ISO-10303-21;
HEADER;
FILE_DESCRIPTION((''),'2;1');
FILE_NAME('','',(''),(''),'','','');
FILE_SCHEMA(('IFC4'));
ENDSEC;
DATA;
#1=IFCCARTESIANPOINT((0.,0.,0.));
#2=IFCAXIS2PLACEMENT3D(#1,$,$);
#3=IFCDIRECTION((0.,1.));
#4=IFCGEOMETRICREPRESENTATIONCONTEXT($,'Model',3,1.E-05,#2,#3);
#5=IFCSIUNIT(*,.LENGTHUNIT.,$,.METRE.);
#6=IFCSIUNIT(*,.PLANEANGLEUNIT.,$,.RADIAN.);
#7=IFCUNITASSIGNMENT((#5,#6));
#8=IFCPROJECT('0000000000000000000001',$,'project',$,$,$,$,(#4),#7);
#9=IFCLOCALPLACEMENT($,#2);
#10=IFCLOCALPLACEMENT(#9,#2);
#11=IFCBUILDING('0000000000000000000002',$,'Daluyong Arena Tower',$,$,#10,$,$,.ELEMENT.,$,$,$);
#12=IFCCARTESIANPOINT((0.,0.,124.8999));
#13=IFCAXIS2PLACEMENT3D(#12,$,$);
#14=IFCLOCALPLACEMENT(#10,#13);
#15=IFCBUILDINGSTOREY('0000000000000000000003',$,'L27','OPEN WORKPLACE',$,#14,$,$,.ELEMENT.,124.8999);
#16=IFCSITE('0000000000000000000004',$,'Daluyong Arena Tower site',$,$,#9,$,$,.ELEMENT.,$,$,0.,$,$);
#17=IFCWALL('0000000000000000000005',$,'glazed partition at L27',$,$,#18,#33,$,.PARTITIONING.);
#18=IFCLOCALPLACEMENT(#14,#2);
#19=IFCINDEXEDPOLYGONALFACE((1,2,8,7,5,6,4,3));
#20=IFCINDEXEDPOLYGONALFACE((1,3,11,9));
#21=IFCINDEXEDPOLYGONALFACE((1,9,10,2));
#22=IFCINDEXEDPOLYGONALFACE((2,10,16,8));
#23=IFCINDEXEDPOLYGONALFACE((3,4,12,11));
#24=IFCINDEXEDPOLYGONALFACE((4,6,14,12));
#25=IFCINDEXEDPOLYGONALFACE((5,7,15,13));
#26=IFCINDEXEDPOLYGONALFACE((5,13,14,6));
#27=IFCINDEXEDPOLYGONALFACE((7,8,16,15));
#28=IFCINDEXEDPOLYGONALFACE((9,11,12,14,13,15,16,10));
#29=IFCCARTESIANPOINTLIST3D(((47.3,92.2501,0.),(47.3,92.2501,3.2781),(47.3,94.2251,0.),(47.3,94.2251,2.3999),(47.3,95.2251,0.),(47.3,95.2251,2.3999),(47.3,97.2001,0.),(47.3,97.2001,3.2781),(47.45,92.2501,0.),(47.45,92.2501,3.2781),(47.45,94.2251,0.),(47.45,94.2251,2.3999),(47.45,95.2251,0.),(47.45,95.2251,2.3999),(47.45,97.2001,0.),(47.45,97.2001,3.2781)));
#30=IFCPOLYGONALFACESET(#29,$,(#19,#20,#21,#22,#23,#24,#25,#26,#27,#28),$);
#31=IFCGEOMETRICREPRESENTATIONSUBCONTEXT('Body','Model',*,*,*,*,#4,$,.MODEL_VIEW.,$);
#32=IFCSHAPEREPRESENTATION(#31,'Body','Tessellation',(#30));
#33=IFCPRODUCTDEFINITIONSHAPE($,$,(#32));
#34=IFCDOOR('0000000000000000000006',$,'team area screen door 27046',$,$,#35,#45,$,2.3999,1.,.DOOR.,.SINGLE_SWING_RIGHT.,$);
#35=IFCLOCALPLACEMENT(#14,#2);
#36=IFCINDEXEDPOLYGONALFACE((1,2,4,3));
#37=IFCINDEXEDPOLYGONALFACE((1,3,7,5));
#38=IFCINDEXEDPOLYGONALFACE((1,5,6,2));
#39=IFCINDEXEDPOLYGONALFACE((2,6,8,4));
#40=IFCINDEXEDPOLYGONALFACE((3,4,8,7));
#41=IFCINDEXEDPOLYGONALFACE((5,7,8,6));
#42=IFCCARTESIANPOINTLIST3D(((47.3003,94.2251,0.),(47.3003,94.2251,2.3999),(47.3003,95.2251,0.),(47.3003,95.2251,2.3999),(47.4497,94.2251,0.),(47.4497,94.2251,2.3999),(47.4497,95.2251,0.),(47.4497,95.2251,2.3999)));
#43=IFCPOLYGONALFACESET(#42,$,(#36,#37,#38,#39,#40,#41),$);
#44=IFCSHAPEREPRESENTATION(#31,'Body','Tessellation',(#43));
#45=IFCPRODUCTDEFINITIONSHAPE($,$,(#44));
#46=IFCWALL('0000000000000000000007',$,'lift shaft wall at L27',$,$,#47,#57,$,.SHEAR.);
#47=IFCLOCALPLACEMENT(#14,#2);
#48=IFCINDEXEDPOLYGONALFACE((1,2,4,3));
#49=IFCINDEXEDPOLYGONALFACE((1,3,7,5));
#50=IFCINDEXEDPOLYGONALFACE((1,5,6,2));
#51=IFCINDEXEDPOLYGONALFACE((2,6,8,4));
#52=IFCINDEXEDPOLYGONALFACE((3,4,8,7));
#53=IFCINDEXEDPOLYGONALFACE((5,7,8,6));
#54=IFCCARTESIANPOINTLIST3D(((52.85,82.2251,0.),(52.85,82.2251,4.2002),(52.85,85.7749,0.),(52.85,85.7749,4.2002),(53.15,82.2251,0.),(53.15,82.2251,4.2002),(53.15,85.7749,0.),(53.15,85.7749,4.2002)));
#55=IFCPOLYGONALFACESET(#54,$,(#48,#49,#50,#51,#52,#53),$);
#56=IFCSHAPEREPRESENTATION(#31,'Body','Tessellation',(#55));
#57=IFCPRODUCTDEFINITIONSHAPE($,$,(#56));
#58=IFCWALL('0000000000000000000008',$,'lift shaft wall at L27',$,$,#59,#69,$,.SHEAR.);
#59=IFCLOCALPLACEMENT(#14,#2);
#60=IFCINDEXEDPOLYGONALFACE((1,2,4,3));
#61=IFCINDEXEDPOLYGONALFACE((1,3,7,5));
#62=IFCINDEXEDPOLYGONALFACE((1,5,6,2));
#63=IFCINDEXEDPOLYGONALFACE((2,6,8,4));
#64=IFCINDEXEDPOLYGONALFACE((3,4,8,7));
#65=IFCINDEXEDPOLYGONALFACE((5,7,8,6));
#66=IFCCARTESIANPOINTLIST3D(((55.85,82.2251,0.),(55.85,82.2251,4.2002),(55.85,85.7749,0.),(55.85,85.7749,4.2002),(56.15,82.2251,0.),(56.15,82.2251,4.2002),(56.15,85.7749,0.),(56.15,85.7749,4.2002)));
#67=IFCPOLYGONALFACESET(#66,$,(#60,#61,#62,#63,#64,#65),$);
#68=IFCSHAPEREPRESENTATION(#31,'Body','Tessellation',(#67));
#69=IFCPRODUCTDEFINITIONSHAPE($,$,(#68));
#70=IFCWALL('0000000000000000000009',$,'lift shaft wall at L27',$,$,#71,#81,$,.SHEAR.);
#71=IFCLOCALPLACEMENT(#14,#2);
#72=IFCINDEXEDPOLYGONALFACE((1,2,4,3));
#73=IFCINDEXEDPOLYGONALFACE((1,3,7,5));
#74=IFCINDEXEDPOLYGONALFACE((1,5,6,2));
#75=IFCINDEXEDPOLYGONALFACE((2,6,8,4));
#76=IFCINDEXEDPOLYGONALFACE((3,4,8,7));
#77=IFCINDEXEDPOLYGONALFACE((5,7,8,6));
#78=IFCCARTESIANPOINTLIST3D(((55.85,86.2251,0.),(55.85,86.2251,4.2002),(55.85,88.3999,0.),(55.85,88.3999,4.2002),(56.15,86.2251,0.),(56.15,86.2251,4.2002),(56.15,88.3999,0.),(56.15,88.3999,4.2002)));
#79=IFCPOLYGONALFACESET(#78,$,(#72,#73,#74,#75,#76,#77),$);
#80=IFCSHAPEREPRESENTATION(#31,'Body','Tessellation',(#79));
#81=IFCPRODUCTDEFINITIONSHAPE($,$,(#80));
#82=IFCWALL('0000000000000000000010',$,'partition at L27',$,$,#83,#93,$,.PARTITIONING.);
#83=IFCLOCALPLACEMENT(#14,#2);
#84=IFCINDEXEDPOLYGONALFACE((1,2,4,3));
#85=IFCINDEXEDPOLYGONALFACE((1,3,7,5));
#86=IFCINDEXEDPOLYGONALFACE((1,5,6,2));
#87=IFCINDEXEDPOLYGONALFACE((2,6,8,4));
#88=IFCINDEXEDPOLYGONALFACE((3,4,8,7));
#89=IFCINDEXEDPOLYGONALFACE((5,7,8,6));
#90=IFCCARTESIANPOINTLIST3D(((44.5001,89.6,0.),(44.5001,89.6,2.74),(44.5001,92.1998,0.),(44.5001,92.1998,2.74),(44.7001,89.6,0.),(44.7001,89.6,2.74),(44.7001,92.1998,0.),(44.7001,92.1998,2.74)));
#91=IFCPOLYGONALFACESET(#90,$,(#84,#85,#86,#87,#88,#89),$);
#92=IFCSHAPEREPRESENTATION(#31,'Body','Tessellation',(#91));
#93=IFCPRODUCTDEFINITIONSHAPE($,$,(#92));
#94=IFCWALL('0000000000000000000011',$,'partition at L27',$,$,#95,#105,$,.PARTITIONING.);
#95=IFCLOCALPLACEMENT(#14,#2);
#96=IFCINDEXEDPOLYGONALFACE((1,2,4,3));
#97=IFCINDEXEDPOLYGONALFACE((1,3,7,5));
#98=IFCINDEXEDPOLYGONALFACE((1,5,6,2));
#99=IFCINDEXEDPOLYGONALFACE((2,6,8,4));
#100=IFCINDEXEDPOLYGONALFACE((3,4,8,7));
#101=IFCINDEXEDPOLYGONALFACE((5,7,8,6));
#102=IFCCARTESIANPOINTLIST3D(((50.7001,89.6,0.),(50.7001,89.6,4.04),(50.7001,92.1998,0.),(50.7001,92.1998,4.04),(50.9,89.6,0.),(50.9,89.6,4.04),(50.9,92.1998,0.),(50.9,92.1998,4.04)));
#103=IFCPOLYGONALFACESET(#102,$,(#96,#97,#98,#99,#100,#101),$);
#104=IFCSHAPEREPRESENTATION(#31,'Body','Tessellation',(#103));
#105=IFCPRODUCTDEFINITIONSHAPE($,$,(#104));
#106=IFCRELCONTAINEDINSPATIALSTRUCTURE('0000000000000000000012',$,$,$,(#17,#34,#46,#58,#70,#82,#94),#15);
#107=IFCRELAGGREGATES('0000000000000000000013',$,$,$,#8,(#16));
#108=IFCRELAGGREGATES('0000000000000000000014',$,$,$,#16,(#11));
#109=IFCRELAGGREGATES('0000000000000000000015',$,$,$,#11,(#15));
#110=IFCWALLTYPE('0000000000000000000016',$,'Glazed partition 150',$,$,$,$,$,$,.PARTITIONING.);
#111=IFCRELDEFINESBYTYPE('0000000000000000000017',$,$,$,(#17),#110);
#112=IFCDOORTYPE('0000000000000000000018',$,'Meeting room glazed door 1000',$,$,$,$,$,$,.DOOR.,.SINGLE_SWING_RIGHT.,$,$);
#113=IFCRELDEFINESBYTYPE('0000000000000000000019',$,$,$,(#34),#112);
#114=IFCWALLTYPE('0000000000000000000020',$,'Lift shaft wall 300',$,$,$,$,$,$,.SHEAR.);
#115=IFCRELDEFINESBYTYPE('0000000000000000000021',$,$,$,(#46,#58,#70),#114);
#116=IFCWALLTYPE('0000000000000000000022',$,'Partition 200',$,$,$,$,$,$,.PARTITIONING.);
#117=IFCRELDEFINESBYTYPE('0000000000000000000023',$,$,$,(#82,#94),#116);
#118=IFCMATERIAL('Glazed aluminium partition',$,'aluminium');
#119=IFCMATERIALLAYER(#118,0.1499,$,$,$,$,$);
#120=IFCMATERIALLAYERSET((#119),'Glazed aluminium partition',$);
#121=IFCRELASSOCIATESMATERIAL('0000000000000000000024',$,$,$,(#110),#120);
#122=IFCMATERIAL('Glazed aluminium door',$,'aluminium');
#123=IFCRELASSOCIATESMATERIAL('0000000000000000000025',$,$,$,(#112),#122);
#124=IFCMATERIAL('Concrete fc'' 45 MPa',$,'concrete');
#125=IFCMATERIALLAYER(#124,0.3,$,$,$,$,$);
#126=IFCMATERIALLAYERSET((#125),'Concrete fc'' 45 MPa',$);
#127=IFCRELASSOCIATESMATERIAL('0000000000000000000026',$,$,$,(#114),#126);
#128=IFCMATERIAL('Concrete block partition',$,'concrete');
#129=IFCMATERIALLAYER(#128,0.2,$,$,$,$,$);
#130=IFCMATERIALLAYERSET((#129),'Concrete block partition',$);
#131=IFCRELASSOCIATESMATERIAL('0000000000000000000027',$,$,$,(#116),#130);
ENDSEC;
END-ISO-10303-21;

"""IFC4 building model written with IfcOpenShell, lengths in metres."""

from ifc_helpers import new_model, si_unit, direction, frame, frame_2d, origin, place, context, subcontext, project, spatial, rectangle, extrude, material, layer, layer_set, type_object, element, fill, save


model = new_model("IFC4")

# Units and contexts
model_context = context("Model", 3, precision=1e-05, world=origin(), true_north=direction((0.0, 1.0)))
body_context = subcontext(model_context, "Body", "Model", "MODEL_VIEW")
ifc_project = project(units=[si_unit("LENGTHUNIT", "METRE"), si_unit("PLANEANGLEUNIT", "RADIAN")], contexts=[model_context])

# Site, building, storey
site_placement = place(None, origin())
site = spatial("IfcSite", under=ifc_project, at=site_placement, Name="Daluyong Arena Tower site", CompositionType="ELEMENT", RefElevation=0.0)
building_placement = place(site_placement, origin())
building = spatial("IfcBuilding", under=site, at=building_placement, Name="Daluyong Arena Tower", CompositionType="ELEMENT")
storey_placement = place(building_placement, frame((0.0, 0.0, 124.8999)))
storey = spatial("IfcBuildingStorey", under=building, at=storey_placement, Name="L27", Description="OPEN WORKPLACE", CompositionType="ELEMENT", Elevation=124.8999)

# Wall, opening, door
ifc_material_1 = material(Name="Glazed aluminium partition", Category="aluminium")
ifc_layer_1 = layer(ifc_material_1, 0.1499)
ifc_layer_set_1 = layer_set([ifc_layer_1], Name="Glazed aluminium partition")
wall_type_1 = type_object("IfcWallType", Name="Glazed partition 150", PredefinedType="PARTITIONING", material=ifc_layer_set_1)
wall_1_placement = place(storey_placement, frame((47.375, 92.25, 0.0), z_axis=(0.0, 0.0, 1.0), x_axis=(0.0, 1.0, 0.0)))
wall_1 = element("IfcWall", 1, at=wall_1_placement, inside=storey, type_object=wall_type_1, Name="glazed partition at L27", PredefinedType="PARTITIONING", context=body_context, shape_type="SweptSolid", body=[
    extrude(rectangle(XDim=4.95, YDim=0.1499, at=frame_2d((2.4751, 0.0))), origin(), (0.0, 0.0, 1.0), 3.2781),
])
opening_1_placement = place(wall_1_placement, frame((1.9751, 0.0, 0.0)))
opening_1 = element("IfcOpeningElement", 2, at=opening_1_placement, cuts=wall_1, PredefinedType="OPENING", context=body_context, shape_type="SweptSolid", body=[
    extrude(rectangle(XDim=1.0, YDim=2.3999, at=frame_2d((0.5, 1.2))), frame((0.0, 0.085, 0.0), z_axis=(0.0, -1.0, 0.0), x_axis=(1.0, 0.0, 0.0)), (0.0, 0.0, 1.0), 0.1699),
])
ifc_material_2 = material(Name="Glazed aluminium door", Category="aluminium")
door_type_1 = type_object("IfcDoorType", Name="Meeting room glazed door 1000", OperationType="SINGLE_SWING_RIGHT", PredefinedType="DOOR", material=ifc_material_2)
door_1_placement = place(opening_1_placement, origin())
door_1 = element("IfcDoor", 3, at=door_1_placement, inside=storey, type_object=door_type_1, Name="team area screen door 27046", OperationType="SINGLE_SWING_RIGHT", OverallHeight=2.3999, OverallWidth=1.0, PredefinedType="DOOR", context=body_context, shape_type="SweptSolid", body=[
    extrude(rectangle(XDim=1.0, YDim=2.3999, at=frame_2d((0.5, 1.2))), frame((0.0, 0.0747, 0.0), z_axis=(0.0, -1.0, 0.0), x_axis=(1.0, 0.0, 0.0)), (0.0, 0.0, 1.0), 0.1494),
])
fill(opening_1, door_1)

# Walls
ifc_material_3 = material(Name="Concrete fc' 45 MPa", Category="concrete")
ifc_layer_2 = layer(ifc_material_3, 0.3)
ifc_layer_set_2 = layer_set([ifc_layer_2], Name="Concrete fc' 45 MPa")
wall_type_2 = type_object("IfcWallType", Name="Lift shaft wall 300", PredefinedType="SHEAR", material=ifc_layer_set_2)
for number, where, z_axis, x_axis, name in (
    (4, (53.0, 82.2251, 0.0), (0.0, 0.0, 1.0), (0.0, 1.0, 0.0), "lift shaft wall at L27"),
    (5, (56.0, 82.2251, 0.0), (0.0, 0.0, 1.0), (0.0, 1.0, 0.0), "lift shaft wall at L27"),
):
    element("IfcWall", number, at=place(storey_placement, frame(where, z_axis=z_axis, x_axis=x_axis)), inside=storey, type_object=wall_type_2, Name=name, PredefinedType="SHEAR", context=body_context, shape_type="SweptSolid", body=[
        extrude(rectangle(XDim=3.5498, YDim=0.3, at=frame_2d((1.7749, 0.0))), origin(), (0.0, 0.0, 1.0), 4.2002),
    ])
wall_2_placement = place(storey_placement, frame((56.0, 86.2251, 0.0), z_axis=(0.0, 0.0, 1.0), x_axis=(0.0, 1.0, 0.0)))
element("IfcWall", 6, at=wall_2_placement, inside=storey, type_object=wall_type_2, Name="lift shaft wall at L27", PredefinedType="SHEAR", context=body_context, shape_type="SweptSolid", body=[
    extrude(rectangle(XDim=2.1748, YDim=0.3, at=frame_2d((1.0874, 0.0))), origin(), (0.0, 0.0, 1.0), 4.2002),
])
ifc_material_4 = material(Name="Concrete block partition", Category="concrete")
ifc_layer_3 = layer(ifc_material_4, 0.2)
ifc_layer_set_3 = layer_set([ifc_layer_3], Name="Concrete block partition")
wall_type_3 = type_object("IfcWallType", Name="Partition 200", PredefinedType="PARTITIONING", material=ifc_layer_set_3)
wall_3_placement = place(storey_placement, frame((44.6001, 89.6001, 0.0), z_axis=(0.0, 0.0, 1.0), x_axis=(0.0, 1.0, 0.0)))
element("IfcWall", 7, at=wall_3_placement, inside=storey, type_object=wall_type_3, Name="partition at L27", PredefinedType="PARTITIONING", context=body_context, shape_type="SweptSolid", body=[
    extrude(rectangle(XDim=2.5999, YDim=0.2, at=frame_2d((1.2998, 0.0))), origin(), (0.0, 0.0, 1.0), 2.74),
])
wall_4_placement = place(storey_placement, frame((50.8, 89.6001, 0.0), z_axis=(0.0, 0.0, 1.0), x_axis=(0.0, 1.0, 0.0)))
element("IfcWall", 8, at=wall_4_placement, inside=storey, type_object=wall_type_3, Name="partition at L27", PredefinedType="PARTITIONING", context=body_context, shape_type="SweptSolid", body=[
    extrude(rectangle(XDim=2.5999, YDim=0.2, at=frame_2d((1.2998, 0.0))), origin(), (0.0, 0.0, 1.0), 4.04),
])

save(model, "model.ifc")
